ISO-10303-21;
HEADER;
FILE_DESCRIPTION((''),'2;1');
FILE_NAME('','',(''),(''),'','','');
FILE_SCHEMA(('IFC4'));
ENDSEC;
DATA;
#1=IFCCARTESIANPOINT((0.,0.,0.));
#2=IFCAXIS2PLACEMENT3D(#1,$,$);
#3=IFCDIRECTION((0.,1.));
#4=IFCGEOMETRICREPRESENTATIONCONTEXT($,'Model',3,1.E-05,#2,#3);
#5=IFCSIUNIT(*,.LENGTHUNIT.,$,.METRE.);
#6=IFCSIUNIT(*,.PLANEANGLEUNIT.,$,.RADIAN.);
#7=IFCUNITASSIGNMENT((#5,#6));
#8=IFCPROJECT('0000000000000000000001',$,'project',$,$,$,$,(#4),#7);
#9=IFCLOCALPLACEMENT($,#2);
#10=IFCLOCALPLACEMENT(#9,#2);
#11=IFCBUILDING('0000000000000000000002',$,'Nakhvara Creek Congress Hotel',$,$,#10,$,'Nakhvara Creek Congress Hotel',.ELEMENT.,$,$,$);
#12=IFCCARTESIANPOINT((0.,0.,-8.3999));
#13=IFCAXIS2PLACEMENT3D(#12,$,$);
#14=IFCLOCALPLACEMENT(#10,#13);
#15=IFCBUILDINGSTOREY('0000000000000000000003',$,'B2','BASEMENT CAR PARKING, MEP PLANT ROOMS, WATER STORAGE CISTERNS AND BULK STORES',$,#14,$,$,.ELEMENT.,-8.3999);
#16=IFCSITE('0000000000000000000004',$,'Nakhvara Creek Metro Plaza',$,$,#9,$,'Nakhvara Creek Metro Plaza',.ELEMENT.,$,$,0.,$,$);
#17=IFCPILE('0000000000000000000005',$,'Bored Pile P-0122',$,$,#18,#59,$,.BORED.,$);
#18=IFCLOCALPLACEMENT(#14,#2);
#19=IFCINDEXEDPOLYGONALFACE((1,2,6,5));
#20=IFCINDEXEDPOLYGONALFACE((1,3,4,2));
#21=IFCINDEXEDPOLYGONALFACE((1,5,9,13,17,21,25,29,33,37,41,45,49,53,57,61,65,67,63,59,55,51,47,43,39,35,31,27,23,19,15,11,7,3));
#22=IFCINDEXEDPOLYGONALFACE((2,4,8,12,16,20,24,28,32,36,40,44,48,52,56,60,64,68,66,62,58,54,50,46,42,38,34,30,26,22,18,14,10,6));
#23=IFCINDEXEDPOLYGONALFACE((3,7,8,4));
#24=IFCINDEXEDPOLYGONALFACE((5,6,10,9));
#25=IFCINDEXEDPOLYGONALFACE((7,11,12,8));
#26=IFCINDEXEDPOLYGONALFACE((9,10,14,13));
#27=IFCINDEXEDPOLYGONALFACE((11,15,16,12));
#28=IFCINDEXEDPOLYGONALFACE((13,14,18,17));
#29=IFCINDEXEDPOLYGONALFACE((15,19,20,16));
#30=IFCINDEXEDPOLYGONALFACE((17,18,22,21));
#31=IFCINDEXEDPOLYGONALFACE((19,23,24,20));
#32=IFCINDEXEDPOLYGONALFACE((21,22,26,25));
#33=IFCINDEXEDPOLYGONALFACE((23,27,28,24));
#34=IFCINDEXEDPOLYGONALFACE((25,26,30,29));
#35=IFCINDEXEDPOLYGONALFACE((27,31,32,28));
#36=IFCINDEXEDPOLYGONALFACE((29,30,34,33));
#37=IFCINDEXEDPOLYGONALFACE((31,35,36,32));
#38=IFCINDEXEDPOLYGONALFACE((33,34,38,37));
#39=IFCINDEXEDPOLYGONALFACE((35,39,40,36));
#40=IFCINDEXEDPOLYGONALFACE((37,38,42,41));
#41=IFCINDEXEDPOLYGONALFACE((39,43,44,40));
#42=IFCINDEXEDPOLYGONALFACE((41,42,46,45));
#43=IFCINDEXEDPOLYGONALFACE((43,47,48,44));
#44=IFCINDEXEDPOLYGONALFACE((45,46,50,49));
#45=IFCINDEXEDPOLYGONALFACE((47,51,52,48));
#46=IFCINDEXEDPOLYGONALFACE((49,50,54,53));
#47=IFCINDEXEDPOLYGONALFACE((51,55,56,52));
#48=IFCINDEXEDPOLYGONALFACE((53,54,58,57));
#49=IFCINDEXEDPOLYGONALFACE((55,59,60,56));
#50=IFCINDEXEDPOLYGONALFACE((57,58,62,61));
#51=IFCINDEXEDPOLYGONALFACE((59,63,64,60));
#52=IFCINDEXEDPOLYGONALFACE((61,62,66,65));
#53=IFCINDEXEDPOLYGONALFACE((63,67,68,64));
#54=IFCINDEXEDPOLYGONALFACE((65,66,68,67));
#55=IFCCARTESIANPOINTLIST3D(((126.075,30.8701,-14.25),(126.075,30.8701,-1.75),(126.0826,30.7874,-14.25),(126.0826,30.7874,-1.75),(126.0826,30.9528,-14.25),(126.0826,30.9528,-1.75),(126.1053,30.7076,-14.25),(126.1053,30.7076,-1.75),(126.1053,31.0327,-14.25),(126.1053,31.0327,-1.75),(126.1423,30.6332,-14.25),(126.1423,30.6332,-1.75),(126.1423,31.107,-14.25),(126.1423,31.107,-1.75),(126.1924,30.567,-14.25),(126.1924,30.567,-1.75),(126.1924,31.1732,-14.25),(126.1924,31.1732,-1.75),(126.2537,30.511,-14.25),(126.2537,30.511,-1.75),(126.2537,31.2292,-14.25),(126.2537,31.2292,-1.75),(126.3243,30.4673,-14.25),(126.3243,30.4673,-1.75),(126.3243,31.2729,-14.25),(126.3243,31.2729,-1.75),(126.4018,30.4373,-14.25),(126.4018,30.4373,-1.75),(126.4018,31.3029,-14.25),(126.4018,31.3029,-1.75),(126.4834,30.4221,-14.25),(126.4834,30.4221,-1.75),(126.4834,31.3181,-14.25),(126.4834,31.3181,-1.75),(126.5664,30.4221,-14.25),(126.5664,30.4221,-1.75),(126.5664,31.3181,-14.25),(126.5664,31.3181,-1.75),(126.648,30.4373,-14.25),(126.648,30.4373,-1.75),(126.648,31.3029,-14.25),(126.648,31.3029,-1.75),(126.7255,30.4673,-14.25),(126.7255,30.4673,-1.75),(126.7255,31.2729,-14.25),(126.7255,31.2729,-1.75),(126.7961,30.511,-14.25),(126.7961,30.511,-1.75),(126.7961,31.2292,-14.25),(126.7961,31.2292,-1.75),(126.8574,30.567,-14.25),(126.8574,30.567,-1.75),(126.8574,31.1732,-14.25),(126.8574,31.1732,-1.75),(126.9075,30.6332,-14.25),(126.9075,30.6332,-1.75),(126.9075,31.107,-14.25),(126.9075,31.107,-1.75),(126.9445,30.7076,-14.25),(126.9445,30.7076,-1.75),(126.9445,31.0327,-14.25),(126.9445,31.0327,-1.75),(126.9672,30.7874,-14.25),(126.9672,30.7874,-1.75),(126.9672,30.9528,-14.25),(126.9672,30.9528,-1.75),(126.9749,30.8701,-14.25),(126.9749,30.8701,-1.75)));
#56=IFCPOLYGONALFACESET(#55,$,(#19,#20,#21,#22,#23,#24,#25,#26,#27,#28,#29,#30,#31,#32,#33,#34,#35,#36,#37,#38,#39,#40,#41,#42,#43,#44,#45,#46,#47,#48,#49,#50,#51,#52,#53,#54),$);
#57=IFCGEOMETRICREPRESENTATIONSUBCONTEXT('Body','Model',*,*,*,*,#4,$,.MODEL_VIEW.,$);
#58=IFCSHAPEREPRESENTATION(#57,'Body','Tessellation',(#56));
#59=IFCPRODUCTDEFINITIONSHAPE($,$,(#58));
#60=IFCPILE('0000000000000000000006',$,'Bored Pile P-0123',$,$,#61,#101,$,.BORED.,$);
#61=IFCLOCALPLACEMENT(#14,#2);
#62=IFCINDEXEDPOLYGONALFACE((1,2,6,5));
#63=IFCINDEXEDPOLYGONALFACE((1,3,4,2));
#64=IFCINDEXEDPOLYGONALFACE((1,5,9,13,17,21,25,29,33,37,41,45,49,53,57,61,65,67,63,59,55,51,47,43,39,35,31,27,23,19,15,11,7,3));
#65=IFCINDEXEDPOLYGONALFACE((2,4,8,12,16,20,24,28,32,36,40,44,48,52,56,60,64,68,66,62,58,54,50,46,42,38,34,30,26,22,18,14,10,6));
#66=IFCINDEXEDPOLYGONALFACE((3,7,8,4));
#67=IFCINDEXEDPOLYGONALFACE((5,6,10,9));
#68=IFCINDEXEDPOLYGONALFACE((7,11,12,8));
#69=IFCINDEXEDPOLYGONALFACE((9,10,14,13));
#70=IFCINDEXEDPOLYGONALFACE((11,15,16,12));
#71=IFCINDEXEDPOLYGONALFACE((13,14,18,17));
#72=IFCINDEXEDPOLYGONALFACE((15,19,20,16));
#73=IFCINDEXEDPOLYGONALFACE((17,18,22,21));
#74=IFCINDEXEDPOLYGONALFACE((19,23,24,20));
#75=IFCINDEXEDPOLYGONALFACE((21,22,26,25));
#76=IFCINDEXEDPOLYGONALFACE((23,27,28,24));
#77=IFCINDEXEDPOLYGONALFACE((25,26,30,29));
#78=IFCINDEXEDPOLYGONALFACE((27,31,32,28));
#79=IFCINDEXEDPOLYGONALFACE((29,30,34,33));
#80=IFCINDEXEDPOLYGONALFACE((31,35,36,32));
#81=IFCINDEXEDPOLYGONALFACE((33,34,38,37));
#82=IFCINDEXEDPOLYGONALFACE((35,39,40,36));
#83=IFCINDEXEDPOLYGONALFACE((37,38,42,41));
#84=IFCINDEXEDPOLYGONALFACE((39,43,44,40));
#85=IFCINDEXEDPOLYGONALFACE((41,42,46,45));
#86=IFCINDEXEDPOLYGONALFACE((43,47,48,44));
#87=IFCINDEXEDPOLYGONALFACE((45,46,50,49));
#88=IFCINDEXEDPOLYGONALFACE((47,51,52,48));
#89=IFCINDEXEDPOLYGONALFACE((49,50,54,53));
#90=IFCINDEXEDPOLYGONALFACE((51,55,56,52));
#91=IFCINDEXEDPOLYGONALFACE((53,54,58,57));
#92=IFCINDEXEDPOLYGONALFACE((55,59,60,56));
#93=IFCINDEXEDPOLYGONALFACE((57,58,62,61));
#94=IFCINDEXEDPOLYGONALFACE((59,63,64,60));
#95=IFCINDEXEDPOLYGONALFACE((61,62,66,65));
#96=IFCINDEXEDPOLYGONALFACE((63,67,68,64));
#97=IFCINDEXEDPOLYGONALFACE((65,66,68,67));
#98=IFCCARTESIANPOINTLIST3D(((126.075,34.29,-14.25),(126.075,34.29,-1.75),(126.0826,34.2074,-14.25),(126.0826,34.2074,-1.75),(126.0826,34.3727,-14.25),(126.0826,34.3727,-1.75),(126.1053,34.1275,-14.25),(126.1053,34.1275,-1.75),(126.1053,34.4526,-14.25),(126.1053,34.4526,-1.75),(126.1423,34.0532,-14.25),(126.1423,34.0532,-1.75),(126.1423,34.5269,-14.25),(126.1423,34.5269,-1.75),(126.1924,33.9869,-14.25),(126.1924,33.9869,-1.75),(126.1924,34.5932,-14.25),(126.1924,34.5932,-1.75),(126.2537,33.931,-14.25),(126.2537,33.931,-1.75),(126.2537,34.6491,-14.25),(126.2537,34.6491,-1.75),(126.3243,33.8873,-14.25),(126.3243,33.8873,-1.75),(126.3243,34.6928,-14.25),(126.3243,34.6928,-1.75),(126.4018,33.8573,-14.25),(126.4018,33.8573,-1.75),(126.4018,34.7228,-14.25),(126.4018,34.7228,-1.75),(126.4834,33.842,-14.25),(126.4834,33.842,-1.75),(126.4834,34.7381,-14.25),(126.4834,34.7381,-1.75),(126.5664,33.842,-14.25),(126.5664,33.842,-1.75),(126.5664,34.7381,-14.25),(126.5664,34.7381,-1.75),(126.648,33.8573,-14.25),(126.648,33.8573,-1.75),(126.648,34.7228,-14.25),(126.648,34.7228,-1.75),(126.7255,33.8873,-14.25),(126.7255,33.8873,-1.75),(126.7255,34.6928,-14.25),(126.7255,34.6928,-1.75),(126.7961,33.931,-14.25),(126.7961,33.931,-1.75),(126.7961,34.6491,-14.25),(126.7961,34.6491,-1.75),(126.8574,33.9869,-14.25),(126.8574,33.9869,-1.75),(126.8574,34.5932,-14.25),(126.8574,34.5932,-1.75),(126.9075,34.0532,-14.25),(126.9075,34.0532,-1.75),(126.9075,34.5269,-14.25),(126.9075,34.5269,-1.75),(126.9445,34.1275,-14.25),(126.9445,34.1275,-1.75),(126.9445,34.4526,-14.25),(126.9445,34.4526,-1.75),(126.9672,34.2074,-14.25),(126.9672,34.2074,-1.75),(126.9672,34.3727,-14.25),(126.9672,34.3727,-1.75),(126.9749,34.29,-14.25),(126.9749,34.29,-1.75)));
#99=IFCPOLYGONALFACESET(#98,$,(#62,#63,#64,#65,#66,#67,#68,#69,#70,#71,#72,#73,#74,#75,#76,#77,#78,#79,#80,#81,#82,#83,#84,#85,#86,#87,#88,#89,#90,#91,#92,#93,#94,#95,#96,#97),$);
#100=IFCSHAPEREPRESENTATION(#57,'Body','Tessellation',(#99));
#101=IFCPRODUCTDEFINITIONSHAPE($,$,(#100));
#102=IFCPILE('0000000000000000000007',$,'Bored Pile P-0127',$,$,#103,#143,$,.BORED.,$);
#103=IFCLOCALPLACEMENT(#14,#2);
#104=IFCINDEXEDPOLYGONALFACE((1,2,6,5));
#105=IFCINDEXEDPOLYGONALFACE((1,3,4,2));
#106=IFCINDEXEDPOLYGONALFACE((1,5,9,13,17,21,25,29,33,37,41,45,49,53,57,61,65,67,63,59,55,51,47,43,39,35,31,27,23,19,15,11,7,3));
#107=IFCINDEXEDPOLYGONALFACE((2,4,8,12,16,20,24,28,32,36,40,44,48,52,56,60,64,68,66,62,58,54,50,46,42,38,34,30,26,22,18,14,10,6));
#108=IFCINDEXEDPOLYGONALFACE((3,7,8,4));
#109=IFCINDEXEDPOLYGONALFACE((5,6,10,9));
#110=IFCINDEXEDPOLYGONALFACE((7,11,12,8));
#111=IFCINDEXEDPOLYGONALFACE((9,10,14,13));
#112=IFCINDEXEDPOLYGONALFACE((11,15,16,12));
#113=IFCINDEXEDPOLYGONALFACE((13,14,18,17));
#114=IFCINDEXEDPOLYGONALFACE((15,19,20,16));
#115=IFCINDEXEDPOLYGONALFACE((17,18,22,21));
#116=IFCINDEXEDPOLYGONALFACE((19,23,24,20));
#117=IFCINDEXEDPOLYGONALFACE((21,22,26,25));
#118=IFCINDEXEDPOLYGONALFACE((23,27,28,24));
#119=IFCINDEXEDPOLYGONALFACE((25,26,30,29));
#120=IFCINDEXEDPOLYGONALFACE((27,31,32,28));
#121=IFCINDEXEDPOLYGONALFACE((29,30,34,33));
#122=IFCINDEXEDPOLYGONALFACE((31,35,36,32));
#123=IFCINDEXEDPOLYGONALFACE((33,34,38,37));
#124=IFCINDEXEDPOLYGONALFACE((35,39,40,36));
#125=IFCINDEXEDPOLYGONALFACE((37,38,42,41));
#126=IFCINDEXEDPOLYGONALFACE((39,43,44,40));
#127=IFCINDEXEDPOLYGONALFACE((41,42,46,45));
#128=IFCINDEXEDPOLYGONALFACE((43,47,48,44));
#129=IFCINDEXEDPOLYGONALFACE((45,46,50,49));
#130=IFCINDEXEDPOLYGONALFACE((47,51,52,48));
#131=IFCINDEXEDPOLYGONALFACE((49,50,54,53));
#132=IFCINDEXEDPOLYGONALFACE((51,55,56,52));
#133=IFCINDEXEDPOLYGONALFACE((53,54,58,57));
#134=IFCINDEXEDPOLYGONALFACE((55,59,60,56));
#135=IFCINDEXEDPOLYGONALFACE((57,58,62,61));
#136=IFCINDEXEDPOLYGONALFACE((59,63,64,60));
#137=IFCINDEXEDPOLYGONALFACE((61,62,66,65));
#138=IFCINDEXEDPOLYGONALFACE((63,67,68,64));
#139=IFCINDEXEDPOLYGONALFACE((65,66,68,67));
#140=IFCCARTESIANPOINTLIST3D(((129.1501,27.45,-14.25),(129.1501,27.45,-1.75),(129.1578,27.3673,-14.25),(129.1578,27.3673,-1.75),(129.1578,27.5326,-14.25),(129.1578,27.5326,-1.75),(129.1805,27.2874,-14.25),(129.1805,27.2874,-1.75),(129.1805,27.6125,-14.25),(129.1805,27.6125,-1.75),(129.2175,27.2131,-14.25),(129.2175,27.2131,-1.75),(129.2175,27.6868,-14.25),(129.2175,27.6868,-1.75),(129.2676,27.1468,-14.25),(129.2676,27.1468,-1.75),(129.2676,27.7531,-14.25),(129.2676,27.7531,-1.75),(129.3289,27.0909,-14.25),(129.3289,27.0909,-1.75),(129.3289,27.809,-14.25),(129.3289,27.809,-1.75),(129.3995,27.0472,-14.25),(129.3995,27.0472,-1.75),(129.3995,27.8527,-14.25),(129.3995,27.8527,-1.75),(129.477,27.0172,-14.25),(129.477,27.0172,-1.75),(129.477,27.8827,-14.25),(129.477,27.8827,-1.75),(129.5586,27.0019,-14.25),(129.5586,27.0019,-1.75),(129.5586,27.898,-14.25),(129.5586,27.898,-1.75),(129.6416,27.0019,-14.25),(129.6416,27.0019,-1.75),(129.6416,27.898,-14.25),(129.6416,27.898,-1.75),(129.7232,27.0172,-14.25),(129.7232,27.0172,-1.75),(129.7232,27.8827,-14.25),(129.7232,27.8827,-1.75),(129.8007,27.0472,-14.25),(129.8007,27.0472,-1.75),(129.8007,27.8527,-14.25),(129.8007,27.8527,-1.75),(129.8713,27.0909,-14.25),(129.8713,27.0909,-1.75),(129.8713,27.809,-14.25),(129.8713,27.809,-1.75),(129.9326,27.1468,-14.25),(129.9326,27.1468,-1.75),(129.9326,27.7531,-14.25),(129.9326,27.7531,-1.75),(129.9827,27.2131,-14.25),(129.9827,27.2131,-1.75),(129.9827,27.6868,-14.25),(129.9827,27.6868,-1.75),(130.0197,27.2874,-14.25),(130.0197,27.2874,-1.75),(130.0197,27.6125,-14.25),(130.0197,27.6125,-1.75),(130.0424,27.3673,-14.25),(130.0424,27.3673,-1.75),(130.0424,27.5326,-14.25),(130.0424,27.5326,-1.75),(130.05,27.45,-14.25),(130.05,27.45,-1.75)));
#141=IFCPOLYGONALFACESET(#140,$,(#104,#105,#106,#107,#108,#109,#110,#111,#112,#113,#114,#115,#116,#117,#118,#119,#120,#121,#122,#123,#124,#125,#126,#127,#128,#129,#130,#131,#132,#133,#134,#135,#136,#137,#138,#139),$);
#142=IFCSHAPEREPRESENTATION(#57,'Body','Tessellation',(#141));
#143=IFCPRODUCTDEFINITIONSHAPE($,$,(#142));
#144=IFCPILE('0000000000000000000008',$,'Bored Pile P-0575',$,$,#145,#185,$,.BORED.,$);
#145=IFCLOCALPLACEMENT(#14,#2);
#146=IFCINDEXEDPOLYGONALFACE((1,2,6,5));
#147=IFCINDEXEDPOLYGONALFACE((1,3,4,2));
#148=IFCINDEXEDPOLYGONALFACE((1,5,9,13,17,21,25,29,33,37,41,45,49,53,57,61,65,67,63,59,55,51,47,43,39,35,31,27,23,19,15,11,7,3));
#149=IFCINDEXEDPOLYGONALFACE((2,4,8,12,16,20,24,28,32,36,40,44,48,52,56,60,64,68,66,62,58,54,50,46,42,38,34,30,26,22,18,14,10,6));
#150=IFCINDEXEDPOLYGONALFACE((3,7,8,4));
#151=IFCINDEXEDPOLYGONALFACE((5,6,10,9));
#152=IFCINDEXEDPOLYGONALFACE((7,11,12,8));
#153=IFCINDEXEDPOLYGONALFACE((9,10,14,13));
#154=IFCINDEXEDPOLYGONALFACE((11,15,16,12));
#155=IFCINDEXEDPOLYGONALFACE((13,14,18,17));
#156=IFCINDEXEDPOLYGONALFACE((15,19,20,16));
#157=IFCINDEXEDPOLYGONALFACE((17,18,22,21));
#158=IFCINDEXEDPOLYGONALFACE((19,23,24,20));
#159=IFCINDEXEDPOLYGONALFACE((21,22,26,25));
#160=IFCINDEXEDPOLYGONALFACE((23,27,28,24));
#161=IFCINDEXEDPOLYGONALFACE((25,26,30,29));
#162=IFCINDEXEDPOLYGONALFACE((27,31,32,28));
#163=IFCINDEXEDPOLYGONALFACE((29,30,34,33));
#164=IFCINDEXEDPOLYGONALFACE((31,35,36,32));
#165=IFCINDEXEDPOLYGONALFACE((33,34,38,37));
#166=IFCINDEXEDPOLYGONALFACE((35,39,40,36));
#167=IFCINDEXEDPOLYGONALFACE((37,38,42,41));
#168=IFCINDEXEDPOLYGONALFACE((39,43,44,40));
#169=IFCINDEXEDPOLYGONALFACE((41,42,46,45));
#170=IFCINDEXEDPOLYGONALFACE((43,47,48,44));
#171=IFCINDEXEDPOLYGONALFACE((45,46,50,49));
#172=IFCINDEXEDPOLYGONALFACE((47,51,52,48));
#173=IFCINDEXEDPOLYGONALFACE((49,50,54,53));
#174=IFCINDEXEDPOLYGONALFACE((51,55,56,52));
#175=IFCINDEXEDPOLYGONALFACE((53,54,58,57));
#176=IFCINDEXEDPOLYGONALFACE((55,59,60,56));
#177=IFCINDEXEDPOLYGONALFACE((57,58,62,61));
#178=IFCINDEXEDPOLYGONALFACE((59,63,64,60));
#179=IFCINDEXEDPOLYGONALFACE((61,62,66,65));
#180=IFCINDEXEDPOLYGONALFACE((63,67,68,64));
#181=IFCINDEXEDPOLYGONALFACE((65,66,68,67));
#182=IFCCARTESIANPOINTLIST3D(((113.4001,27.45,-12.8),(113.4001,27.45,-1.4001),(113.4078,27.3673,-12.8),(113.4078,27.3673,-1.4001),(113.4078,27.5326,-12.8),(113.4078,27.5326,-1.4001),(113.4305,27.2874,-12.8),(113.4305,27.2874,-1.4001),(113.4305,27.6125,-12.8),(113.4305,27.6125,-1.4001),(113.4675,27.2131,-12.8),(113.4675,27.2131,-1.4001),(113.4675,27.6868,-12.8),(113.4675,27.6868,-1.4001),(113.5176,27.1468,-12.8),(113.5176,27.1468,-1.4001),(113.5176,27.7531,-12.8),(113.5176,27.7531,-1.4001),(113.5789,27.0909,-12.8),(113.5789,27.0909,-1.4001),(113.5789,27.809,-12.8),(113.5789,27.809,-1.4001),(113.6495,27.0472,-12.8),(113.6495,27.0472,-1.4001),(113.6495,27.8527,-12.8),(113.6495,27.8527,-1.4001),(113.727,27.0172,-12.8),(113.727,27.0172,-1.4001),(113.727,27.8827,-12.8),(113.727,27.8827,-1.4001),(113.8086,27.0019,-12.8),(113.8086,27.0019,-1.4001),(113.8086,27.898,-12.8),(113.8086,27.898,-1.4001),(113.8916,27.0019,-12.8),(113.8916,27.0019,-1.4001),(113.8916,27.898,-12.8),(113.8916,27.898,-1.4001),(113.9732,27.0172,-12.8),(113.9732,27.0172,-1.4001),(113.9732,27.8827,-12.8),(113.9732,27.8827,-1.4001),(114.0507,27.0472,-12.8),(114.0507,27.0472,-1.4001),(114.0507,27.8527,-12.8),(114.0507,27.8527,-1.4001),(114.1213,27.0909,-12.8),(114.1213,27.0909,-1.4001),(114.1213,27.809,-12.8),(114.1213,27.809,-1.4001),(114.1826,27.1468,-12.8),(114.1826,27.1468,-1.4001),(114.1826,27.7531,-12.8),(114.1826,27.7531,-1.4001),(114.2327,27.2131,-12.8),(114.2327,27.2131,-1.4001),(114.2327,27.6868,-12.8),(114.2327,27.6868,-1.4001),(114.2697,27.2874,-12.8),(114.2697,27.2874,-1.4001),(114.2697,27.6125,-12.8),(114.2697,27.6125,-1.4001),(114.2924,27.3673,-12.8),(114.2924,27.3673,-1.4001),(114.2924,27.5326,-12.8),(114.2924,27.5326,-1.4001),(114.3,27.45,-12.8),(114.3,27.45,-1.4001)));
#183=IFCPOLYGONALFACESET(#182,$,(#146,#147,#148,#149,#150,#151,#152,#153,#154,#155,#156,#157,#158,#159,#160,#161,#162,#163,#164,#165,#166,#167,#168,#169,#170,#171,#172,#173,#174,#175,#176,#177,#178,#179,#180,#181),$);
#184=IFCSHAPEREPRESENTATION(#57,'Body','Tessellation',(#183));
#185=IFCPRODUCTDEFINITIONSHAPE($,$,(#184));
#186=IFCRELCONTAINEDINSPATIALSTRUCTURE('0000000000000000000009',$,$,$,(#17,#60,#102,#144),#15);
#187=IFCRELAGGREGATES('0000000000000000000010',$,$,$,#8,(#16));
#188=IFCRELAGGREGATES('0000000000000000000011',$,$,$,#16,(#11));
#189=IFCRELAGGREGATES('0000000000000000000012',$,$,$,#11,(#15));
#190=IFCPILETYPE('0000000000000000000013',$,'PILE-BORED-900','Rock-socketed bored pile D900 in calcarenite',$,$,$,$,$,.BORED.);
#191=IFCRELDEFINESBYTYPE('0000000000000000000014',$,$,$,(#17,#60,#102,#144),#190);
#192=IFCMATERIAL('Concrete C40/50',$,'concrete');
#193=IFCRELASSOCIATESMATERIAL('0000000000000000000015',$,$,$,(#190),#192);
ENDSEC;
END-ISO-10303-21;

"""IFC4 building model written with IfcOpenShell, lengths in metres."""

from ifc_helpers import new_model, si_unit, direction, frame, origin, origin_2d, place, context, subcontext, project, spatial, circle, extrude, material, material_profile, profile_set, type_object, element, save


model = new_model("IFC4")

# Units and contexts
model_context = context("Model", 3, precision=1e-05, world=origin(), true_north=direction((0.0, 1.0)))
body_context = subcontext(model_context, "Body", "Model", "MODEL_VIEW")
ifc_project = project(units=[si_unit("LENGTHUNIT", "METRE"), si_unit("PLANEANGLEUNIT", "RADIAN")], contexts=[model_context])

# Site, building, storey
site_placement = place(None, origin())
site = spatial("IfcSite", under=ifc_project, at=site_placement, Name="Nakhvara Creek Metro Plaza", LongName="Nakhvara Creek Metro Plaza", CompositionType="ELEMENT", RefElevation=0.0)
building_placement = place(site_placement, origin())
building = spatial("IfcBuilding", under=site, at=building_placement, Name="Nakhvara Creek Congress Hotel", LongName="Nakhvara Creek Congress Hotel", CompositionType="ELEMENT")
storey_placement = place(building_placement, frame((0.0, 0.0, -8.3999)))
storey = spatial("IfcBuildingStorey", under=building, at=storey_placement, Name="B2", Description="BASEMENT CAR PARKING, MEP PLANT ROOMS, WATER STORAGE CISTERNS AND BULK STORES", CompositionType="ELEMENT", Elevation=-8.3999)

# Shared definitions
ifc_material_1 = material(Name="Concrete C40/50", Category="concrete")

# Piles
ifc_material_profile_1 = material_profile(ifc_material_1, circle(Radius=0.45, at=origin_2d()), Name="BORED PILE D900", Category="LoadBearing")
ifc_profile_set_1 = profile_set([ifc_material_profile_1], Name="Concrete C40/50")
pile_type = type_object("IfcPileType", Name="PILE-BORED-900", Description="Rock-socketed bored pile D900 in calcarenite", PredefinedType="BORED", material=ifc_profile_set_1)
for number, where, z_axis, x_axis, name in (
    (1, (126.5249, 30.8701, -1.75), (0.0, 0.0, -1.0), (1.0, 0.0, 0.0), "Bored Pile P-0122"),
    (2, (126.5249, 34.29, -1.75), (0.0, 0.0, -1.0), (1.0, 0.0, 0.0), "Bored Pile P-0123"),
    (3, (129.6001, 27.45, -1.75), (0.0, 0.0, -1.0), (1.0, 0.0, 0.0), "Bored Pile P-0127"),
):
    element("IfcPile", number, at=place(storey_placement, frame(where, z_axis=z_axis, x_axis=x_axis)), inside=storey, type_object=pile_type, Name=name, PredefinedType="BORED", context=body_context, shape_type="SweptSolid", body=[
        extrude(circle(Radius=0.45, at=origin_2d()), origin(), (0.0, 0.0, 1.0), 12.5),
    ])
for number, where, z_axis, x_axis, name in (
    (4, (113.8501, 27.45, -1.4001), (0.0, 0.0, -1.0), (1.0, 0.0, 0.0), "Bored Pile P-0575"),
):
    element("IfcPile", number, at=place(storey_placement, frame(where, z_axis=z_axis, x_axis=x_axis)), inside=storey, type_object=pile_type, Name=name, PredefinedType="BORED", context=body_context, shape_type="SweptSolid", body=[
        extrude(circle(Radius=0.45, at=origin_2d()), origin(), (0.0, 0.0, 1.0), 11.3999),
    ])

save(model, "model.ifc")
